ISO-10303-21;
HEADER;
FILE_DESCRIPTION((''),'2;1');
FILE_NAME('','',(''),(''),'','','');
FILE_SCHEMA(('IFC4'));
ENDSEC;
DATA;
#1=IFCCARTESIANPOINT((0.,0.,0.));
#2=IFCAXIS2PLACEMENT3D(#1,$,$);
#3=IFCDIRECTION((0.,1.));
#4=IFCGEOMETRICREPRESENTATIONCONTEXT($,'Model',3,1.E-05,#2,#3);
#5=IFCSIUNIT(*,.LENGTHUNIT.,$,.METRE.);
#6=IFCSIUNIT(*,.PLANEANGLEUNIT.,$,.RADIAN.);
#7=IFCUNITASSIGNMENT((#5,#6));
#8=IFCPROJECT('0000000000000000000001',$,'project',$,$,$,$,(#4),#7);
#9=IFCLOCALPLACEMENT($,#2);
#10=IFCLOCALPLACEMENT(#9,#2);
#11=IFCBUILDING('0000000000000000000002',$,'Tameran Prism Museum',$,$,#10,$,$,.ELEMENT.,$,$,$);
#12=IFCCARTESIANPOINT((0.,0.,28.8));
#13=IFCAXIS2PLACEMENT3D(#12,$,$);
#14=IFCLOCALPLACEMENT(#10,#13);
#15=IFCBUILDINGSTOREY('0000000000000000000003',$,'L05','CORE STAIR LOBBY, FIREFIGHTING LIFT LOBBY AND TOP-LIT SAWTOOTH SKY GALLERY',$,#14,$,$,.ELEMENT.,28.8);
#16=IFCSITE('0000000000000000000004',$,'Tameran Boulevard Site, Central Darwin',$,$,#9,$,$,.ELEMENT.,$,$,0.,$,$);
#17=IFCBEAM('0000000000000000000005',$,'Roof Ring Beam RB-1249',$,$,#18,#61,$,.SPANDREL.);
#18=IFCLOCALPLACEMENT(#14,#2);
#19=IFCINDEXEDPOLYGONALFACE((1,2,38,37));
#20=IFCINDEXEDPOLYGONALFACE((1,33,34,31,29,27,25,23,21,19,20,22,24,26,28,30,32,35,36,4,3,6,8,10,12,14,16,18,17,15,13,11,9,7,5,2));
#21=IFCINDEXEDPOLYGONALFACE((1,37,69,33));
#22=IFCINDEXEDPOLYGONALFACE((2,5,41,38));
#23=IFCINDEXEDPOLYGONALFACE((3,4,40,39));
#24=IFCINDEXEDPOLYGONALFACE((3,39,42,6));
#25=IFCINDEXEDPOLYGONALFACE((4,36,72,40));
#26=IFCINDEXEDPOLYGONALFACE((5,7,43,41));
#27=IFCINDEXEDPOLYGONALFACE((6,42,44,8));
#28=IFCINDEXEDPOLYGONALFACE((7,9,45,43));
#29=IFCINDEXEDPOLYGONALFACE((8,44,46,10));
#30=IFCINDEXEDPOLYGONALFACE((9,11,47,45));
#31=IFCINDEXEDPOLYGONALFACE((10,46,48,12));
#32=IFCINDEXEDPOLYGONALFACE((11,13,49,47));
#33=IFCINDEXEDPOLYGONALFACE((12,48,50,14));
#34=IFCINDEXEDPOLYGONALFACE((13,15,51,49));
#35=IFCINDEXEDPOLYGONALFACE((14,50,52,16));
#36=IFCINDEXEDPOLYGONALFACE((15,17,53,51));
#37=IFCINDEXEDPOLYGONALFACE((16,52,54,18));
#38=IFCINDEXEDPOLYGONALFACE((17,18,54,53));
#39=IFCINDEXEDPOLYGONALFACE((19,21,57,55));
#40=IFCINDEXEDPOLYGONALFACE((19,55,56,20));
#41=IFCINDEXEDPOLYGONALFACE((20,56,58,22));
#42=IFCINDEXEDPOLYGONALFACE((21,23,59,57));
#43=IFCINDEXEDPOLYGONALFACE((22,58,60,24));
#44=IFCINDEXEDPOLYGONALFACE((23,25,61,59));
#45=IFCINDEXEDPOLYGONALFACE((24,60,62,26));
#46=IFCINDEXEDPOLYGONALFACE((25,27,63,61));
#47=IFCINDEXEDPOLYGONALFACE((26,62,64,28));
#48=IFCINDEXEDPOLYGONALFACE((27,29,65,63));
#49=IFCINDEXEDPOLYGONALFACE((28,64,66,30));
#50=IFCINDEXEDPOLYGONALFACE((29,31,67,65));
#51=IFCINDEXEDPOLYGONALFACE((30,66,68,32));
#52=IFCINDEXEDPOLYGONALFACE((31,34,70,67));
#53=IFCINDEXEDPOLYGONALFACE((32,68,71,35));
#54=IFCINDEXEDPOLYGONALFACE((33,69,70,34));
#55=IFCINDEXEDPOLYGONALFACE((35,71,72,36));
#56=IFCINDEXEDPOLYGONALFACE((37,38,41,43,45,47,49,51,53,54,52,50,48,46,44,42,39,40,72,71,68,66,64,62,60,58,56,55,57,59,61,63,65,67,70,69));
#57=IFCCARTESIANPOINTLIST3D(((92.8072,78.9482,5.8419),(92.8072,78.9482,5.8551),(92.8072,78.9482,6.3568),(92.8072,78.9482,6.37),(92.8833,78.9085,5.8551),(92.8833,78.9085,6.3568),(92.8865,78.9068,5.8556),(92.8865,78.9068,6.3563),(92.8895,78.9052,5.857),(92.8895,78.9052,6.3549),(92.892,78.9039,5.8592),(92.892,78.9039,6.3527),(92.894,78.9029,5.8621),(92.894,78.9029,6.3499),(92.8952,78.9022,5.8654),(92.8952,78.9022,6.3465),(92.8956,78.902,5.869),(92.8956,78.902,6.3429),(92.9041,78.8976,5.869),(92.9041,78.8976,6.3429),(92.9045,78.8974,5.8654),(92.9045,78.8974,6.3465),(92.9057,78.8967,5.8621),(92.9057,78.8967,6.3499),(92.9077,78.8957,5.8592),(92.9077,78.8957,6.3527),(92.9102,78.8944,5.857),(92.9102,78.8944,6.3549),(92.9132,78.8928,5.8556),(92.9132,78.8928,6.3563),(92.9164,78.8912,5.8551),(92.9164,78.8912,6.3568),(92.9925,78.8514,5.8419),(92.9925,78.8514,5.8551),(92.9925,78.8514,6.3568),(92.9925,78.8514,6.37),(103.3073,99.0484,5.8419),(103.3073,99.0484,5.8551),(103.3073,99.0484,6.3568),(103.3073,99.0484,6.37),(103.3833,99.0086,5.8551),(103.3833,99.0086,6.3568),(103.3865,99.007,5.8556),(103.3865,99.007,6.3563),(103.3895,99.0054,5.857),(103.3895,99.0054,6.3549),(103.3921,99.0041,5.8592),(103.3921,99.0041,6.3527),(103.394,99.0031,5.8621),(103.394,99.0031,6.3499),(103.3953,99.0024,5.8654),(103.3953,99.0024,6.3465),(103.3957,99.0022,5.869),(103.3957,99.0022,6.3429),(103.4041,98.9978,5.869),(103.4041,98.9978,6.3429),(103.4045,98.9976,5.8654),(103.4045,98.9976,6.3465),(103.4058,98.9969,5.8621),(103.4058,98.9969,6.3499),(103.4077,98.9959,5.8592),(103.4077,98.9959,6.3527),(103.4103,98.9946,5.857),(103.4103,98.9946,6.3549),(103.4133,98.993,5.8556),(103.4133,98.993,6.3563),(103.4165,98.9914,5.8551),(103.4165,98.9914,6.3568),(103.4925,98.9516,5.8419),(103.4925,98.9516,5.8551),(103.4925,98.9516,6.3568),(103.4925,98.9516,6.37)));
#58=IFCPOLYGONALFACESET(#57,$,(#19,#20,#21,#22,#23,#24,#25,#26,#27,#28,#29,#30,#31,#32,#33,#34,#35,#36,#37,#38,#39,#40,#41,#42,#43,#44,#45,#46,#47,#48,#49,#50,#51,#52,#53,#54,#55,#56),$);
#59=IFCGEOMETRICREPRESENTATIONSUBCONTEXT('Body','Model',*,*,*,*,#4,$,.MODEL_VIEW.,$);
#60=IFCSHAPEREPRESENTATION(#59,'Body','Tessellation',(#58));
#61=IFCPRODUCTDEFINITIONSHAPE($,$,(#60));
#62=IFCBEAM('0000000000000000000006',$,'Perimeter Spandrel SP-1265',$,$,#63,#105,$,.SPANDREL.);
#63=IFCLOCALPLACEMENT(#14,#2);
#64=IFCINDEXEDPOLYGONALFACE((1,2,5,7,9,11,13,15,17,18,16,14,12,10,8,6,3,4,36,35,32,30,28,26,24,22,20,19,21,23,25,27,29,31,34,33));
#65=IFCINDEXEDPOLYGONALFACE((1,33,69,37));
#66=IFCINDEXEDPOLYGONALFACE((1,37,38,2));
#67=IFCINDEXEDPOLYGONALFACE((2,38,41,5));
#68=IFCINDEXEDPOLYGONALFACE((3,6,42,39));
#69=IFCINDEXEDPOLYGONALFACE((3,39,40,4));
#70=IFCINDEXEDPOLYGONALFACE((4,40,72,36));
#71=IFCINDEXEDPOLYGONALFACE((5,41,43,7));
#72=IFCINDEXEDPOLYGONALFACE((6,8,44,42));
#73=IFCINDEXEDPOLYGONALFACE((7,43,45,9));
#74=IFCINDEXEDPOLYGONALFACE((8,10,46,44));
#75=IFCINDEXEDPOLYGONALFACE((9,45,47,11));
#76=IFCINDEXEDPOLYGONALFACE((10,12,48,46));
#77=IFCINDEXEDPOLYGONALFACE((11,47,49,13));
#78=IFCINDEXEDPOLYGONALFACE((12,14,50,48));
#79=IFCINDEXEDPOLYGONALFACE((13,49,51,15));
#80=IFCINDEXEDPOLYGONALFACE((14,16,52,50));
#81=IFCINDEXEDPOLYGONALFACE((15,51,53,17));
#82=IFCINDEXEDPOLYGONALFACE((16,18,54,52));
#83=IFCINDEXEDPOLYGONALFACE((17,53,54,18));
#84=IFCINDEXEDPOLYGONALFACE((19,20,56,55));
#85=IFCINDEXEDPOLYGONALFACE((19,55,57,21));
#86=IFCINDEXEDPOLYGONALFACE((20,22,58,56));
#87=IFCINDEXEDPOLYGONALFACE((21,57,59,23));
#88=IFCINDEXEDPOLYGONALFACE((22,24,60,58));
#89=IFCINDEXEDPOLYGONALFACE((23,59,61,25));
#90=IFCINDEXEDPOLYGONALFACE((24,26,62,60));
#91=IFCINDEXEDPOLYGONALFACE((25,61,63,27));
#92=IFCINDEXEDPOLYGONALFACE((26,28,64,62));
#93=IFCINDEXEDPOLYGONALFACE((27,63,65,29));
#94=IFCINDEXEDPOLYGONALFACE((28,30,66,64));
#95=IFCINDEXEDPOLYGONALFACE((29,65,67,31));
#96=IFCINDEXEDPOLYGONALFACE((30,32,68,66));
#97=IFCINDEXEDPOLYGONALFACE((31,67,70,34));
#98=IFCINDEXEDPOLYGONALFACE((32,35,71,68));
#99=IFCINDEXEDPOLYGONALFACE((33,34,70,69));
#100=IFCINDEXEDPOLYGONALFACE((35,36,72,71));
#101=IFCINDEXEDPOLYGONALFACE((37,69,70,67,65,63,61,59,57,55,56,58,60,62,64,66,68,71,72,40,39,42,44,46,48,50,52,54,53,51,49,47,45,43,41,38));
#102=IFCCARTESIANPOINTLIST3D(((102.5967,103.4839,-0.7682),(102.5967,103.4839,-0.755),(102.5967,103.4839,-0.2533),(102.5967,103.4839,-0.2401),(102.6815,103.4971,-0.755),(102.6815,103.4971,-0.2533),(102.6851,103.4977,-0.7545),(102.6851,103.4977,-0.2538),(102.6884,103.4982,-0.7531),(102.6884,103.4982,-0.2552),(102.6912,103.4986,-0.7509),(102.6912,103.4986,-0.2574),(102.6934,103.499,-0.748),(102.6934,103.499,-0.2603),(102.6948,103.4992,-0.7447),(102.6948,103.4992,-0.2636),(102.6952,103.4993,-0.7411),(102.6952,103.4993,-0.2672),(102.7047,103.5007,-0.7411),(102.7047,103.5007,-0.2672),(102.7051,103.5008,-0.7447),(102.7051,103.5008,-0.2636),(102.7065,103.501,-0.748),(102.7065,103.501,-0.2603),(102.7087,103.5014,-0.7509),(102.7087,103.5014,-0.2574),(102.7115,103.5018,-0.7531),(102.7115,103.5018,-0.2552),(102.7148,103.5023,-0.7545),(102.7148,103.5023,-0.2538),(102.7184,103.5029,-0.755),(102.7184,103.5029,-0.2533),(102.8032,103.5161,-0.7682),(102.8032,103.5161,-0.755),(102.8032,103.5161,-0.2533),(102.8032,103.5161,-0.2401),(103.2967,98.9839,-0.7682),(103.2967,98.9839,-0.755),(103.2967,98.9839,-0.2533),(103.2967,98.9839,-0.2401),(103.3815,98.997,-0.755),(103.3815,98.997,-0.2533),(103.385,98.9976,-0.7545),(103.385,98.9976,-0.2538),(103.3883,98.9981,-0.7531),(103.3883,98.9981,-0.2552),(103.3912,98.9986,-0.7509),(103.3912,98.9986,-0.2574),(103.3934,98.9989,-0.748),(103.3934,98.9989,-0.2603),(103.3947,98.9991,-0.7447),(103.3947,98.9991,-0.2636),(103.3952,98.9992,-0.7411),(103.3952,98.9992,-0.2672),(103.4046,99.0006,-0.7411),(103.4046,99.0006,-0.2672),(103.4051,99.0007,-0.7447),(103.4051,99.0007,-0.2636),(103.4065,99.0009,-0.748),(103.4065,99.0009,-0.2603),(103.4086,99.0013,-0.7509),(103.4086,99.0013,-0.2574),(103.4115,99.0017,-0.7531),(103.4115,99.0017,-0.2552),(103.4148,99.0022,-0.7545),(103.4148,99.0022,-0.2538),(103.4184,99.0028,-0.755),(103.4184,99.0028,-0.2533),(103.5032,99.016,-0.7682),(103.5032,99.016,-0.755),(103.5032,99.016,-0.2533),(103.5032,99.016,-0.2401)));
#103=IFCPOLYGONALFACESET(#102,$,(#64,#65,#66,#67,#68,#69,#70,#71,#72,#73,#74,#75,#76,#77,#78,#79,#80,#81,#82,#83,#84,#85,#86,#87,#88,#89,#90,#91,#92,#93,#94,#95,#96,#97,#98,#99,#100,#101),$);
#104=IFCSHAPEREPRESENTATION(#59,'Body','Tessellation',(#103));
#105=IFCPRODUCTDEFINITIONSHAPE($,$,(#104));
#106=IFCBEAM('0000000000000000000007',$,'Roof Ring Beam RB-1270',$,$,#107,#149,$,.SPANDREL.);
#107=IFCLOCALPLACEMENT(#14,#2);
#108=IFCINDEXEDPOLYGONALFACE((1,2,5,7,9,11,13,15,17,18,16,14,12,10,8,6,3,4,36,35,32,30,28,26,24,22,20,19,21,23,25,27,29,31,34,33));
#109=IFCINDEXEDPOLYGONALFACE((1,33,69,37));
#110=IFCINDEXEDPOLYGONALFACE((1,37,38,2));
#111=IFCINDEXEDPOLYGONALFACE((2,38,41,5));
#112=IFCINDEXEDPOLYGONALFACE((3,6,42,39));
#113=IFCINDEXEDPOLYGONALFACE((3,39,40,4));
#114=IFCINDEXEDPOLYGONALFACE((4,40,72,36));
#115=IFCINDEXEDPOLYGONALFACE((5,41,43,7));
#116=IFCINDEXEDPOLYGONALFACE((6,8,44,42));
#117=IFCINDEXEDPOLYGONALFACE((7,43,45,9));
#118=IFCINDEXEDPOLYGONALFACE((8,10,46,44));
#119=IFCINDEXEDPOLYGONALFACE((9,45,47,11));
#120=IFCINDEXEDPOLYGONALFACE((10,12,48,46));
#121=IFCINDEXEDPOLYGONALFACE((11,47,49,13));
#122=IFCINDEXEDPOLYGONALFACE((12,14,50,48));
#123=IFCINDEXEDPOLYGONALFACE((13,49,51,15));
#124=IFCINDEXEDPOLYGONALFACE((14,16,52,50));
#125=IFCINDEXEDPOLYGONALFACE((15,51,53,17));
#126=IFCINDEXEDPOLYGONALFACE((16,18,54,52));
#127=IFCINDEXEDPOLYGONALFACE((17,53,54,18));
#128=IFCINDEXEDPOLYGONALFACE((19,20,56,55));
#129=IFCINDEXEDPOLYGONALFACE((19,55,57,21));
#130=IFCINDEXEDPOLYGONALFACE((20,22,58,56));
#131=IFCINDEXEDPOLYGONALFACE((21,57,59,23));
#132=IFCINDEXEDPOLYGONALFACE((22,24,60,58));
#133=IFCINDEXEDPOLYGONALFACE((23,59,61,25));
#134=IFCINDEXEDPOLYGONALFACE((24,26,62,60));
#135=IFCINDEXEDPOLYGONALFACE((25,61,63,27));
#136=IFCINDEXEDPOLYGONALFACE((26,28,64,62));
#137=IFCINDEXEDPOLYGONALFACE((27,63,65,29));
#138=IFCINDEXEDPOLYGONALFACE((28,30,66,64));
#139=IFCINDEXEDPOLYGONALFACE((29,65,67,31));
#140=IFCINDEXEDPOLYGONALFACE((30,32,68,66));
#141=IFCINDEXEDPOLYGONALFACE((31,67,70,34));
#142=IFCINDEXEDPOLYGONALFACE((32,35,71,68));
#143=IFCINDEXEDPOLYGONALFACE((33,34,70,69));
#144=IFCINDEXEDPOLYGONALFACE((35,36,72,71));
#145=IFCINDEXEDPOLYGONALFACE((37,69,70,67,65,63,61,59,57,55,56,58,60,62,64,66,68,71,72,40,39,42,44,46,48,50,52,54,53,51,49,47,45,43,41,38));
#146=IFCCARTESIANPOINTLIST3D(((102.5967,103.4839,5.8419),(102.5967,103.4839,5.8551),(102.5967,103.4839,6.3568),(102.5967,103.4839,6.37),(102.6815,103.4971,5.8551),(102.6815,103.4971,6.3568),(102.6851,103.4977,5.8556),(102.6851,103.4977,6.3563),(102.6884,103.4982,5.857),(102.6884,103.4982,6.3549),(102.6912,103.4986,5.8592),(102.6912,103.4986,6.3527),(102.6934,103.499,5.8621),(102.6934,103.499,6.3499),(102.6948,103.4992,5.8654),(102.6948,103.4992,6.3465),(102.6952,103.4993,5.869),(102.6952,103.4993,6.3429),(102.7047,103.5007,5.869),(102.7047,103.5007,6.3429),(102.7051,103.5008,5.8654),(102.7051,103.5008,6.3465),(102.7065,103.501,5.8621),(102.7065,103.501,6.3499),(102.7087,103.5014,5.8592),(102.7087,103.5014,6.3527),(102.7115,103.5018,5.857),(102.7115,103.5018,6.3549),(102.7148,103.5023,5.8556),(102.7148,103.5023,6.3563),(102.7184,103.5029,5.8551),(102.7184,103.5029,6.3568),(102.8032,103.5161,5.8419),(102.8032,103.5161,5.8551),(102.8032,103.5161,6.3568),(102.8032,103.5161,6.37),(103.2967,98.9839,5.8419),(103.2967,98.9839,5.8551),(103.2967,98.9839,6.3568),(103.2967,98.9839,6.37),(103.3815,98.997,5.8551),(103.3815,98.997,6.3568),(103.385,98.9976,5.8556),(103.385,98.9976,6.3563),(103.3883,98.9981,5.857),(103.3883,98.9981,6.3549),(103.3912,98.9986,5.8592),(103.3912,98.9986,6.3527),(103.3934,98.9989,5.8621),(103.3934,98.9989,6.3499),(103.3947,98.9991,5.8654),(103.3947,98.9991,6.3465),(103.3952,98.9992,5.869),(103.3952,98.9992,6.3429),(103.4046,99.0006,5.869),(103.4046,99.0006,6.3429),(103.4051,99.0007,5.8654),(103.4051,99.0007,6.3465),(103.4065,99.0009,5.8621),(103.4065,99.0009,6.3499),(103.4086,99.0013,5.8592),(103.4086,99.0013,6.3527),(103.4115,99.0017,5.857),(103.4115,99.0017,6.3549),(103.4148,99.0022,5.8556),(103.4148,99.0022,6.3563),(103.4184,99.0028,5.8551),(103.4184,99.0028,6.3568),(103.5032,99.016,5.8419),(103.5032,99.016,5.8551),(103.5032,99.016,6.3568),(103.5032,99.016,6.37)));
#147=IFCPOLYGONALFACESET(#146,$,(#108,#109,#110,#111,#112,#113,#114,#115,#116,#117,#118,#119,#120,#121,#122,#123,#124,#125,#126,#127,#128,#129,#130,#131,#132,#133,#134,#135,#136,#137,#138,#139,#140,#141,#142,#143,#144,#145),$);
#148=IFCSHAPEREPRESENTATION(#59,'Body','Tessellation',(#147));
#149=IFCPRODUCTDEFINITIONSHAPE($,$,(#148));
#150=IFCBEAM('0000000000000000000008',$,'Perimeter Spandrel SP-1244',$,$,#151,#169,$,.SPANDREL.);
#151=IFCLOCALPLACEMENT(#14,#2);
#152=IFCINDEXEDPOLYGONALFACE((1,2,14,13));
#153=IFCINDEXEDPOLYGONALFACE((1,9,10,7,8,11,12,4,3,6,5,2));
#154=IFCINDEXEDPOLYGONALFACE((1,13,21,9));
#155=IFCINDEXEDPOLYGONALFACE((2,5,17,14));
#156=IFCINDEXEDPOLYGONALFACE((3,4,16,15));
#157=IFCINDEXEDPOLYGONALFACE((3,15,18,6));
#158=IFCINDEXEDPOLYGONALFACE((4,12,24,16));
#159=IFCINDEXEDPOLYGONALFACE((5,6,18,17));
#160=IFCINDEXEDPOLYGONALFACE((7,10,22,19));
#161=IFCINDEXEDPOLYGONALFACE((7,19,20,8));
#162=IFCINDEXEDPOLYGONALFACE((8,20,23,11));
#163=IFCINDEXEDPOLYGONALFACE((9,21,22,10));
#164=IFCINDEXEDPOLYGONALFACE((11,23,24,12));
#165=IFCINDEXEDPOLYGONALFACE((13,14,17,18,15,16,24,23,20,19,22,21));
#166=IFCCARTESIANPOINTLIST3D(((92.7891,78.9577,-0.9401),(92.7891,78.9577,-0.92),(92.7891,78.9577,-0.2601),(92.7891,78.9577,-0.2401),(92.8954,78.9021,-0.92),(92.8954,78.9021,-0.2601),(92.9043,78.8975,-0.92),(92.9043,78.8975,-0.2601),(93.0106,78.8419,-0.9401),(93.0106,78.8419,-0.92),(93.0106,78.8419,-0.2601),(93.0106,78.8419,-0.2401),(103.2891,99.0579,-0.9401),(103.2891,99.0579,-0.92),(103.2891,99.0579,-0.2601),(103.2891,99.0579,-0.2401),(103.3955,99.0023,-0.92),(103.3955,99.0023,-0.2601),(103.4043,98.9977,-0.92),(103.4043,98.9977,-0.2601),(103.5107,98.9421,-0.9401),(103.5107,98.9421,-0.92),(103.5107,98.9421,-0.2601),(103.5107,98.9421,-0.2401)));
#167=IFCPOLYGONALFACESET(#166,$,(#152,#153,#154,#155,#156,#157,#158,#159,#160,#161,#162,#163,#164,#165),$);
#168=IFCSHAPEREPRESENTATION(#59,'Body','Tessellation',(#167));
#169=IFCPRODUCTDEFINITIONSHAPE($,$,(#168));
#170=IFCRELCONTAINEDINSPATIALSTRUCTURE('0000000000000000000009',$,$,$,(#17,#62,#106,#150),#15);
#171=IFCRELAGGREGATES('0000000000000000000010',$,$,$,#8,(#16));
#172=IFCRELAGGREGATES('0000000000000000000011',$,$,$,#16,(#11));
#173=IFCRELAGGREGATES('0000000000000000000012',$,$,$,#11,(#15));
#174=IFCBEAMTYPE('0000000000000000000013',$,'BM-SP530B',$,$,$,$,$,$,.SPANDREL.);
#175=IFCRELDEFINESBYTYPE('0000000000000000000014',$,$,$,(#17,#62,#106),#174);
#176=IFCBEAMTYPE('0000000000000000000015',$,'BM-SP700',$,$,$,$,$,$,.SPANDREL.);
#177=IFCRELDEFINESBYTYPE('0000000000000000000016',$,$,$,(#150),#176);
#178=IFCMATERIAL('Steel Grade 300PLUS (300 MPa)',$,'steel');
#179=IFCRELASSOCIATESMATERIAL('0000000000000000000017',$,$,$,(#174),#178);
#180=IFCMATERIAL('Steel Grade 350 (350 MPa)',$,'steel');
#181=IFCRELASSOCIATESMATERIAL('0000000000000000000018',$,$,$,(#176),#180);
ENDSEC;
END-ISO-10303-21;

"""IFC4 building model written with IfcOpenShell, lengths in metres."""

from ifc_helpers import new_model, si_unit, direction, frame, origin, origin_2d, place, context, subcontext, project, spatial, i_section, extrude, material, material_profile, profile_set, type_object, element, save


model = new_model("IFC4")

# Units and contexts
model_context = context("Model", 3, precision=1e-05, world=origin(), true_north=direction((0.0, 1.0)))
body_context = subcontext(model_context, "Body", "Model", "MODEL_VIEW")
ifc_project = project(units=[si_unit("LENGTHUNIT", "METRE"), si_unit("PLANEANGLEUNIT", "RADIAN")], contexts=[model_context])

# Site, building, storey
site_placement = place(None, origin())
site = spatial("IfcSite", under=ifc_project, at=site_placement, Name="Tameran Boulevard Site, Central Darwin", CompositionType="ELEMENT", RefElevation=0.0)
building_placement = place(site_placement, origin())
building = spatial("IfcBuilding", under=site, at=building_placement, Name="Tameran Prism Museum", CompositionType="ELEMENT")
storey_placement = place(building_placement, frame((0.0, 0.0, 28.8)))
storey = spatial("IfcBuildingStorey", under=building, at=storey_placement, Name="L05", Description="CORE STAIR LOBBY, FIREFIGHTING LIFT LOBBY AND TOP-LIT SAWTOOTH SKY GALLERY", CompositionType="ELEMENT", Elevation=28.8)

# Beams
ifc_material_1 = material(Name="Steel Grade 300PLUS (300 MPa)", Category="steel")
ifc_material_profile_1 = material_profile(ifc_material_1, i_section(OverallWidth=0.209, OverallDepth=0.5281, WebThickness=0.0095, FlangeThickness=0.0132, FilletRadius=0.0139, at=origin_2d()))
ifc_profile_set_1 = profile_set([ifc_material_profile_1])
beam_type_1 = type_object("IfcBeamType", Name="BM-SP530B", PredefinedType="SPANDREL", material=ifc_profile_set_1)
beam_1_placement = place(storey_placement, frame((103.3999, 99.0, 6.106), z_axis=(-0.463016, -0.88635, 0.0), x_axis=(0.88635, -0.463016, 0.0)))
element("IfcBeam", 1, at=beam_1_placement, inside=storey, type_object=beam_type_1, Name="Roof Ring Beam RB-1249", PredefinedType="SPANDREL", context=body_context, shape_type="SweptSolid", body=[
    extrude(i_section(OverallWidth=0.209, OverallDepth=0.5281, WebThickness=0.0095, FlangeThickness=0.0132, FilletRadius=0.0139, at=origin_2d()), origin(), (0.0, 0.0, 1.0), 22.6775),
])
for number, where, z_axis, x_axis, name in (
    (2, (102.7, 103.5, -0.5042), (0.153697, -0.988118, 0.0), (0.988118, 0.153697, 0.0), "Perimeter Spandrel SP-1265"),
    (3, (102.7, 103.5, 6.106), (0.153697, -0.988118, 0.0), (0.988118, 0.153697, 0.0), "Roof Ring Beam RB-1270"),
):
    element("IfcBeam", number, at=place(storey_placement, frame(where, z_axis=z_axis, x_axis=x_axis)), inside=storey, type_object=beam_type_1, Name=name, PredefinedType="SPANDREL", context=body_context, shape_type="SweptSolid", body=[
        extrude(i_section(OverallWidth=0.209, OverallDepth=0.5281, WebThickness=0.0095, FlangeThickness=0.0132, FilletRadius=0.0139, at=origin_2d()), origin(), (0.0, 0.0, 1.0), 4.5542),
    ])
ifc_material_2 = material(Name="Steel Grade 350 (350 MPa)", Category="steel")
ifc_material_profile_2 = material_profile(ifc_material_2, i_section(OverallWidth=0.25, OverallDepth=0.7, WebThickness=0.01, FlangeThickness=0.02, at=origin_2d()))
ifc_profile_set_2 = profile_set([ifc_material_profile_2])
beam_type_2 = type_object("IfcBeamType", Name="BM-SP700", PredefinedType="SPANDREL", material=ifc_profile_set_2)
beam_2_placement = place(storey_placement, frame((103.3999, 99.0, -0.5901), z_axis=(-0.463016, -0.88635, 0.0), x_axis=(0.88635, -0.463016, 0.0)))
element("IfcBeam", 4, at=beam_2_placement, inside=storey, type_object=beam_type_2, Name="Perimeter Spandrel SP-1244", PredefinedType="SPANDREL", context=body_context, shape_type="SweptSolid", body=[
    extrude(i_section(OverallWidth=0.25, OverallDepth=0.7, WebThickness=0.01, FlangeThickness=0.02, at=origin_2d()), origin(), (0.0, 0.0, 1.0), 22.6775),
])

save(model, "model.ifc")
